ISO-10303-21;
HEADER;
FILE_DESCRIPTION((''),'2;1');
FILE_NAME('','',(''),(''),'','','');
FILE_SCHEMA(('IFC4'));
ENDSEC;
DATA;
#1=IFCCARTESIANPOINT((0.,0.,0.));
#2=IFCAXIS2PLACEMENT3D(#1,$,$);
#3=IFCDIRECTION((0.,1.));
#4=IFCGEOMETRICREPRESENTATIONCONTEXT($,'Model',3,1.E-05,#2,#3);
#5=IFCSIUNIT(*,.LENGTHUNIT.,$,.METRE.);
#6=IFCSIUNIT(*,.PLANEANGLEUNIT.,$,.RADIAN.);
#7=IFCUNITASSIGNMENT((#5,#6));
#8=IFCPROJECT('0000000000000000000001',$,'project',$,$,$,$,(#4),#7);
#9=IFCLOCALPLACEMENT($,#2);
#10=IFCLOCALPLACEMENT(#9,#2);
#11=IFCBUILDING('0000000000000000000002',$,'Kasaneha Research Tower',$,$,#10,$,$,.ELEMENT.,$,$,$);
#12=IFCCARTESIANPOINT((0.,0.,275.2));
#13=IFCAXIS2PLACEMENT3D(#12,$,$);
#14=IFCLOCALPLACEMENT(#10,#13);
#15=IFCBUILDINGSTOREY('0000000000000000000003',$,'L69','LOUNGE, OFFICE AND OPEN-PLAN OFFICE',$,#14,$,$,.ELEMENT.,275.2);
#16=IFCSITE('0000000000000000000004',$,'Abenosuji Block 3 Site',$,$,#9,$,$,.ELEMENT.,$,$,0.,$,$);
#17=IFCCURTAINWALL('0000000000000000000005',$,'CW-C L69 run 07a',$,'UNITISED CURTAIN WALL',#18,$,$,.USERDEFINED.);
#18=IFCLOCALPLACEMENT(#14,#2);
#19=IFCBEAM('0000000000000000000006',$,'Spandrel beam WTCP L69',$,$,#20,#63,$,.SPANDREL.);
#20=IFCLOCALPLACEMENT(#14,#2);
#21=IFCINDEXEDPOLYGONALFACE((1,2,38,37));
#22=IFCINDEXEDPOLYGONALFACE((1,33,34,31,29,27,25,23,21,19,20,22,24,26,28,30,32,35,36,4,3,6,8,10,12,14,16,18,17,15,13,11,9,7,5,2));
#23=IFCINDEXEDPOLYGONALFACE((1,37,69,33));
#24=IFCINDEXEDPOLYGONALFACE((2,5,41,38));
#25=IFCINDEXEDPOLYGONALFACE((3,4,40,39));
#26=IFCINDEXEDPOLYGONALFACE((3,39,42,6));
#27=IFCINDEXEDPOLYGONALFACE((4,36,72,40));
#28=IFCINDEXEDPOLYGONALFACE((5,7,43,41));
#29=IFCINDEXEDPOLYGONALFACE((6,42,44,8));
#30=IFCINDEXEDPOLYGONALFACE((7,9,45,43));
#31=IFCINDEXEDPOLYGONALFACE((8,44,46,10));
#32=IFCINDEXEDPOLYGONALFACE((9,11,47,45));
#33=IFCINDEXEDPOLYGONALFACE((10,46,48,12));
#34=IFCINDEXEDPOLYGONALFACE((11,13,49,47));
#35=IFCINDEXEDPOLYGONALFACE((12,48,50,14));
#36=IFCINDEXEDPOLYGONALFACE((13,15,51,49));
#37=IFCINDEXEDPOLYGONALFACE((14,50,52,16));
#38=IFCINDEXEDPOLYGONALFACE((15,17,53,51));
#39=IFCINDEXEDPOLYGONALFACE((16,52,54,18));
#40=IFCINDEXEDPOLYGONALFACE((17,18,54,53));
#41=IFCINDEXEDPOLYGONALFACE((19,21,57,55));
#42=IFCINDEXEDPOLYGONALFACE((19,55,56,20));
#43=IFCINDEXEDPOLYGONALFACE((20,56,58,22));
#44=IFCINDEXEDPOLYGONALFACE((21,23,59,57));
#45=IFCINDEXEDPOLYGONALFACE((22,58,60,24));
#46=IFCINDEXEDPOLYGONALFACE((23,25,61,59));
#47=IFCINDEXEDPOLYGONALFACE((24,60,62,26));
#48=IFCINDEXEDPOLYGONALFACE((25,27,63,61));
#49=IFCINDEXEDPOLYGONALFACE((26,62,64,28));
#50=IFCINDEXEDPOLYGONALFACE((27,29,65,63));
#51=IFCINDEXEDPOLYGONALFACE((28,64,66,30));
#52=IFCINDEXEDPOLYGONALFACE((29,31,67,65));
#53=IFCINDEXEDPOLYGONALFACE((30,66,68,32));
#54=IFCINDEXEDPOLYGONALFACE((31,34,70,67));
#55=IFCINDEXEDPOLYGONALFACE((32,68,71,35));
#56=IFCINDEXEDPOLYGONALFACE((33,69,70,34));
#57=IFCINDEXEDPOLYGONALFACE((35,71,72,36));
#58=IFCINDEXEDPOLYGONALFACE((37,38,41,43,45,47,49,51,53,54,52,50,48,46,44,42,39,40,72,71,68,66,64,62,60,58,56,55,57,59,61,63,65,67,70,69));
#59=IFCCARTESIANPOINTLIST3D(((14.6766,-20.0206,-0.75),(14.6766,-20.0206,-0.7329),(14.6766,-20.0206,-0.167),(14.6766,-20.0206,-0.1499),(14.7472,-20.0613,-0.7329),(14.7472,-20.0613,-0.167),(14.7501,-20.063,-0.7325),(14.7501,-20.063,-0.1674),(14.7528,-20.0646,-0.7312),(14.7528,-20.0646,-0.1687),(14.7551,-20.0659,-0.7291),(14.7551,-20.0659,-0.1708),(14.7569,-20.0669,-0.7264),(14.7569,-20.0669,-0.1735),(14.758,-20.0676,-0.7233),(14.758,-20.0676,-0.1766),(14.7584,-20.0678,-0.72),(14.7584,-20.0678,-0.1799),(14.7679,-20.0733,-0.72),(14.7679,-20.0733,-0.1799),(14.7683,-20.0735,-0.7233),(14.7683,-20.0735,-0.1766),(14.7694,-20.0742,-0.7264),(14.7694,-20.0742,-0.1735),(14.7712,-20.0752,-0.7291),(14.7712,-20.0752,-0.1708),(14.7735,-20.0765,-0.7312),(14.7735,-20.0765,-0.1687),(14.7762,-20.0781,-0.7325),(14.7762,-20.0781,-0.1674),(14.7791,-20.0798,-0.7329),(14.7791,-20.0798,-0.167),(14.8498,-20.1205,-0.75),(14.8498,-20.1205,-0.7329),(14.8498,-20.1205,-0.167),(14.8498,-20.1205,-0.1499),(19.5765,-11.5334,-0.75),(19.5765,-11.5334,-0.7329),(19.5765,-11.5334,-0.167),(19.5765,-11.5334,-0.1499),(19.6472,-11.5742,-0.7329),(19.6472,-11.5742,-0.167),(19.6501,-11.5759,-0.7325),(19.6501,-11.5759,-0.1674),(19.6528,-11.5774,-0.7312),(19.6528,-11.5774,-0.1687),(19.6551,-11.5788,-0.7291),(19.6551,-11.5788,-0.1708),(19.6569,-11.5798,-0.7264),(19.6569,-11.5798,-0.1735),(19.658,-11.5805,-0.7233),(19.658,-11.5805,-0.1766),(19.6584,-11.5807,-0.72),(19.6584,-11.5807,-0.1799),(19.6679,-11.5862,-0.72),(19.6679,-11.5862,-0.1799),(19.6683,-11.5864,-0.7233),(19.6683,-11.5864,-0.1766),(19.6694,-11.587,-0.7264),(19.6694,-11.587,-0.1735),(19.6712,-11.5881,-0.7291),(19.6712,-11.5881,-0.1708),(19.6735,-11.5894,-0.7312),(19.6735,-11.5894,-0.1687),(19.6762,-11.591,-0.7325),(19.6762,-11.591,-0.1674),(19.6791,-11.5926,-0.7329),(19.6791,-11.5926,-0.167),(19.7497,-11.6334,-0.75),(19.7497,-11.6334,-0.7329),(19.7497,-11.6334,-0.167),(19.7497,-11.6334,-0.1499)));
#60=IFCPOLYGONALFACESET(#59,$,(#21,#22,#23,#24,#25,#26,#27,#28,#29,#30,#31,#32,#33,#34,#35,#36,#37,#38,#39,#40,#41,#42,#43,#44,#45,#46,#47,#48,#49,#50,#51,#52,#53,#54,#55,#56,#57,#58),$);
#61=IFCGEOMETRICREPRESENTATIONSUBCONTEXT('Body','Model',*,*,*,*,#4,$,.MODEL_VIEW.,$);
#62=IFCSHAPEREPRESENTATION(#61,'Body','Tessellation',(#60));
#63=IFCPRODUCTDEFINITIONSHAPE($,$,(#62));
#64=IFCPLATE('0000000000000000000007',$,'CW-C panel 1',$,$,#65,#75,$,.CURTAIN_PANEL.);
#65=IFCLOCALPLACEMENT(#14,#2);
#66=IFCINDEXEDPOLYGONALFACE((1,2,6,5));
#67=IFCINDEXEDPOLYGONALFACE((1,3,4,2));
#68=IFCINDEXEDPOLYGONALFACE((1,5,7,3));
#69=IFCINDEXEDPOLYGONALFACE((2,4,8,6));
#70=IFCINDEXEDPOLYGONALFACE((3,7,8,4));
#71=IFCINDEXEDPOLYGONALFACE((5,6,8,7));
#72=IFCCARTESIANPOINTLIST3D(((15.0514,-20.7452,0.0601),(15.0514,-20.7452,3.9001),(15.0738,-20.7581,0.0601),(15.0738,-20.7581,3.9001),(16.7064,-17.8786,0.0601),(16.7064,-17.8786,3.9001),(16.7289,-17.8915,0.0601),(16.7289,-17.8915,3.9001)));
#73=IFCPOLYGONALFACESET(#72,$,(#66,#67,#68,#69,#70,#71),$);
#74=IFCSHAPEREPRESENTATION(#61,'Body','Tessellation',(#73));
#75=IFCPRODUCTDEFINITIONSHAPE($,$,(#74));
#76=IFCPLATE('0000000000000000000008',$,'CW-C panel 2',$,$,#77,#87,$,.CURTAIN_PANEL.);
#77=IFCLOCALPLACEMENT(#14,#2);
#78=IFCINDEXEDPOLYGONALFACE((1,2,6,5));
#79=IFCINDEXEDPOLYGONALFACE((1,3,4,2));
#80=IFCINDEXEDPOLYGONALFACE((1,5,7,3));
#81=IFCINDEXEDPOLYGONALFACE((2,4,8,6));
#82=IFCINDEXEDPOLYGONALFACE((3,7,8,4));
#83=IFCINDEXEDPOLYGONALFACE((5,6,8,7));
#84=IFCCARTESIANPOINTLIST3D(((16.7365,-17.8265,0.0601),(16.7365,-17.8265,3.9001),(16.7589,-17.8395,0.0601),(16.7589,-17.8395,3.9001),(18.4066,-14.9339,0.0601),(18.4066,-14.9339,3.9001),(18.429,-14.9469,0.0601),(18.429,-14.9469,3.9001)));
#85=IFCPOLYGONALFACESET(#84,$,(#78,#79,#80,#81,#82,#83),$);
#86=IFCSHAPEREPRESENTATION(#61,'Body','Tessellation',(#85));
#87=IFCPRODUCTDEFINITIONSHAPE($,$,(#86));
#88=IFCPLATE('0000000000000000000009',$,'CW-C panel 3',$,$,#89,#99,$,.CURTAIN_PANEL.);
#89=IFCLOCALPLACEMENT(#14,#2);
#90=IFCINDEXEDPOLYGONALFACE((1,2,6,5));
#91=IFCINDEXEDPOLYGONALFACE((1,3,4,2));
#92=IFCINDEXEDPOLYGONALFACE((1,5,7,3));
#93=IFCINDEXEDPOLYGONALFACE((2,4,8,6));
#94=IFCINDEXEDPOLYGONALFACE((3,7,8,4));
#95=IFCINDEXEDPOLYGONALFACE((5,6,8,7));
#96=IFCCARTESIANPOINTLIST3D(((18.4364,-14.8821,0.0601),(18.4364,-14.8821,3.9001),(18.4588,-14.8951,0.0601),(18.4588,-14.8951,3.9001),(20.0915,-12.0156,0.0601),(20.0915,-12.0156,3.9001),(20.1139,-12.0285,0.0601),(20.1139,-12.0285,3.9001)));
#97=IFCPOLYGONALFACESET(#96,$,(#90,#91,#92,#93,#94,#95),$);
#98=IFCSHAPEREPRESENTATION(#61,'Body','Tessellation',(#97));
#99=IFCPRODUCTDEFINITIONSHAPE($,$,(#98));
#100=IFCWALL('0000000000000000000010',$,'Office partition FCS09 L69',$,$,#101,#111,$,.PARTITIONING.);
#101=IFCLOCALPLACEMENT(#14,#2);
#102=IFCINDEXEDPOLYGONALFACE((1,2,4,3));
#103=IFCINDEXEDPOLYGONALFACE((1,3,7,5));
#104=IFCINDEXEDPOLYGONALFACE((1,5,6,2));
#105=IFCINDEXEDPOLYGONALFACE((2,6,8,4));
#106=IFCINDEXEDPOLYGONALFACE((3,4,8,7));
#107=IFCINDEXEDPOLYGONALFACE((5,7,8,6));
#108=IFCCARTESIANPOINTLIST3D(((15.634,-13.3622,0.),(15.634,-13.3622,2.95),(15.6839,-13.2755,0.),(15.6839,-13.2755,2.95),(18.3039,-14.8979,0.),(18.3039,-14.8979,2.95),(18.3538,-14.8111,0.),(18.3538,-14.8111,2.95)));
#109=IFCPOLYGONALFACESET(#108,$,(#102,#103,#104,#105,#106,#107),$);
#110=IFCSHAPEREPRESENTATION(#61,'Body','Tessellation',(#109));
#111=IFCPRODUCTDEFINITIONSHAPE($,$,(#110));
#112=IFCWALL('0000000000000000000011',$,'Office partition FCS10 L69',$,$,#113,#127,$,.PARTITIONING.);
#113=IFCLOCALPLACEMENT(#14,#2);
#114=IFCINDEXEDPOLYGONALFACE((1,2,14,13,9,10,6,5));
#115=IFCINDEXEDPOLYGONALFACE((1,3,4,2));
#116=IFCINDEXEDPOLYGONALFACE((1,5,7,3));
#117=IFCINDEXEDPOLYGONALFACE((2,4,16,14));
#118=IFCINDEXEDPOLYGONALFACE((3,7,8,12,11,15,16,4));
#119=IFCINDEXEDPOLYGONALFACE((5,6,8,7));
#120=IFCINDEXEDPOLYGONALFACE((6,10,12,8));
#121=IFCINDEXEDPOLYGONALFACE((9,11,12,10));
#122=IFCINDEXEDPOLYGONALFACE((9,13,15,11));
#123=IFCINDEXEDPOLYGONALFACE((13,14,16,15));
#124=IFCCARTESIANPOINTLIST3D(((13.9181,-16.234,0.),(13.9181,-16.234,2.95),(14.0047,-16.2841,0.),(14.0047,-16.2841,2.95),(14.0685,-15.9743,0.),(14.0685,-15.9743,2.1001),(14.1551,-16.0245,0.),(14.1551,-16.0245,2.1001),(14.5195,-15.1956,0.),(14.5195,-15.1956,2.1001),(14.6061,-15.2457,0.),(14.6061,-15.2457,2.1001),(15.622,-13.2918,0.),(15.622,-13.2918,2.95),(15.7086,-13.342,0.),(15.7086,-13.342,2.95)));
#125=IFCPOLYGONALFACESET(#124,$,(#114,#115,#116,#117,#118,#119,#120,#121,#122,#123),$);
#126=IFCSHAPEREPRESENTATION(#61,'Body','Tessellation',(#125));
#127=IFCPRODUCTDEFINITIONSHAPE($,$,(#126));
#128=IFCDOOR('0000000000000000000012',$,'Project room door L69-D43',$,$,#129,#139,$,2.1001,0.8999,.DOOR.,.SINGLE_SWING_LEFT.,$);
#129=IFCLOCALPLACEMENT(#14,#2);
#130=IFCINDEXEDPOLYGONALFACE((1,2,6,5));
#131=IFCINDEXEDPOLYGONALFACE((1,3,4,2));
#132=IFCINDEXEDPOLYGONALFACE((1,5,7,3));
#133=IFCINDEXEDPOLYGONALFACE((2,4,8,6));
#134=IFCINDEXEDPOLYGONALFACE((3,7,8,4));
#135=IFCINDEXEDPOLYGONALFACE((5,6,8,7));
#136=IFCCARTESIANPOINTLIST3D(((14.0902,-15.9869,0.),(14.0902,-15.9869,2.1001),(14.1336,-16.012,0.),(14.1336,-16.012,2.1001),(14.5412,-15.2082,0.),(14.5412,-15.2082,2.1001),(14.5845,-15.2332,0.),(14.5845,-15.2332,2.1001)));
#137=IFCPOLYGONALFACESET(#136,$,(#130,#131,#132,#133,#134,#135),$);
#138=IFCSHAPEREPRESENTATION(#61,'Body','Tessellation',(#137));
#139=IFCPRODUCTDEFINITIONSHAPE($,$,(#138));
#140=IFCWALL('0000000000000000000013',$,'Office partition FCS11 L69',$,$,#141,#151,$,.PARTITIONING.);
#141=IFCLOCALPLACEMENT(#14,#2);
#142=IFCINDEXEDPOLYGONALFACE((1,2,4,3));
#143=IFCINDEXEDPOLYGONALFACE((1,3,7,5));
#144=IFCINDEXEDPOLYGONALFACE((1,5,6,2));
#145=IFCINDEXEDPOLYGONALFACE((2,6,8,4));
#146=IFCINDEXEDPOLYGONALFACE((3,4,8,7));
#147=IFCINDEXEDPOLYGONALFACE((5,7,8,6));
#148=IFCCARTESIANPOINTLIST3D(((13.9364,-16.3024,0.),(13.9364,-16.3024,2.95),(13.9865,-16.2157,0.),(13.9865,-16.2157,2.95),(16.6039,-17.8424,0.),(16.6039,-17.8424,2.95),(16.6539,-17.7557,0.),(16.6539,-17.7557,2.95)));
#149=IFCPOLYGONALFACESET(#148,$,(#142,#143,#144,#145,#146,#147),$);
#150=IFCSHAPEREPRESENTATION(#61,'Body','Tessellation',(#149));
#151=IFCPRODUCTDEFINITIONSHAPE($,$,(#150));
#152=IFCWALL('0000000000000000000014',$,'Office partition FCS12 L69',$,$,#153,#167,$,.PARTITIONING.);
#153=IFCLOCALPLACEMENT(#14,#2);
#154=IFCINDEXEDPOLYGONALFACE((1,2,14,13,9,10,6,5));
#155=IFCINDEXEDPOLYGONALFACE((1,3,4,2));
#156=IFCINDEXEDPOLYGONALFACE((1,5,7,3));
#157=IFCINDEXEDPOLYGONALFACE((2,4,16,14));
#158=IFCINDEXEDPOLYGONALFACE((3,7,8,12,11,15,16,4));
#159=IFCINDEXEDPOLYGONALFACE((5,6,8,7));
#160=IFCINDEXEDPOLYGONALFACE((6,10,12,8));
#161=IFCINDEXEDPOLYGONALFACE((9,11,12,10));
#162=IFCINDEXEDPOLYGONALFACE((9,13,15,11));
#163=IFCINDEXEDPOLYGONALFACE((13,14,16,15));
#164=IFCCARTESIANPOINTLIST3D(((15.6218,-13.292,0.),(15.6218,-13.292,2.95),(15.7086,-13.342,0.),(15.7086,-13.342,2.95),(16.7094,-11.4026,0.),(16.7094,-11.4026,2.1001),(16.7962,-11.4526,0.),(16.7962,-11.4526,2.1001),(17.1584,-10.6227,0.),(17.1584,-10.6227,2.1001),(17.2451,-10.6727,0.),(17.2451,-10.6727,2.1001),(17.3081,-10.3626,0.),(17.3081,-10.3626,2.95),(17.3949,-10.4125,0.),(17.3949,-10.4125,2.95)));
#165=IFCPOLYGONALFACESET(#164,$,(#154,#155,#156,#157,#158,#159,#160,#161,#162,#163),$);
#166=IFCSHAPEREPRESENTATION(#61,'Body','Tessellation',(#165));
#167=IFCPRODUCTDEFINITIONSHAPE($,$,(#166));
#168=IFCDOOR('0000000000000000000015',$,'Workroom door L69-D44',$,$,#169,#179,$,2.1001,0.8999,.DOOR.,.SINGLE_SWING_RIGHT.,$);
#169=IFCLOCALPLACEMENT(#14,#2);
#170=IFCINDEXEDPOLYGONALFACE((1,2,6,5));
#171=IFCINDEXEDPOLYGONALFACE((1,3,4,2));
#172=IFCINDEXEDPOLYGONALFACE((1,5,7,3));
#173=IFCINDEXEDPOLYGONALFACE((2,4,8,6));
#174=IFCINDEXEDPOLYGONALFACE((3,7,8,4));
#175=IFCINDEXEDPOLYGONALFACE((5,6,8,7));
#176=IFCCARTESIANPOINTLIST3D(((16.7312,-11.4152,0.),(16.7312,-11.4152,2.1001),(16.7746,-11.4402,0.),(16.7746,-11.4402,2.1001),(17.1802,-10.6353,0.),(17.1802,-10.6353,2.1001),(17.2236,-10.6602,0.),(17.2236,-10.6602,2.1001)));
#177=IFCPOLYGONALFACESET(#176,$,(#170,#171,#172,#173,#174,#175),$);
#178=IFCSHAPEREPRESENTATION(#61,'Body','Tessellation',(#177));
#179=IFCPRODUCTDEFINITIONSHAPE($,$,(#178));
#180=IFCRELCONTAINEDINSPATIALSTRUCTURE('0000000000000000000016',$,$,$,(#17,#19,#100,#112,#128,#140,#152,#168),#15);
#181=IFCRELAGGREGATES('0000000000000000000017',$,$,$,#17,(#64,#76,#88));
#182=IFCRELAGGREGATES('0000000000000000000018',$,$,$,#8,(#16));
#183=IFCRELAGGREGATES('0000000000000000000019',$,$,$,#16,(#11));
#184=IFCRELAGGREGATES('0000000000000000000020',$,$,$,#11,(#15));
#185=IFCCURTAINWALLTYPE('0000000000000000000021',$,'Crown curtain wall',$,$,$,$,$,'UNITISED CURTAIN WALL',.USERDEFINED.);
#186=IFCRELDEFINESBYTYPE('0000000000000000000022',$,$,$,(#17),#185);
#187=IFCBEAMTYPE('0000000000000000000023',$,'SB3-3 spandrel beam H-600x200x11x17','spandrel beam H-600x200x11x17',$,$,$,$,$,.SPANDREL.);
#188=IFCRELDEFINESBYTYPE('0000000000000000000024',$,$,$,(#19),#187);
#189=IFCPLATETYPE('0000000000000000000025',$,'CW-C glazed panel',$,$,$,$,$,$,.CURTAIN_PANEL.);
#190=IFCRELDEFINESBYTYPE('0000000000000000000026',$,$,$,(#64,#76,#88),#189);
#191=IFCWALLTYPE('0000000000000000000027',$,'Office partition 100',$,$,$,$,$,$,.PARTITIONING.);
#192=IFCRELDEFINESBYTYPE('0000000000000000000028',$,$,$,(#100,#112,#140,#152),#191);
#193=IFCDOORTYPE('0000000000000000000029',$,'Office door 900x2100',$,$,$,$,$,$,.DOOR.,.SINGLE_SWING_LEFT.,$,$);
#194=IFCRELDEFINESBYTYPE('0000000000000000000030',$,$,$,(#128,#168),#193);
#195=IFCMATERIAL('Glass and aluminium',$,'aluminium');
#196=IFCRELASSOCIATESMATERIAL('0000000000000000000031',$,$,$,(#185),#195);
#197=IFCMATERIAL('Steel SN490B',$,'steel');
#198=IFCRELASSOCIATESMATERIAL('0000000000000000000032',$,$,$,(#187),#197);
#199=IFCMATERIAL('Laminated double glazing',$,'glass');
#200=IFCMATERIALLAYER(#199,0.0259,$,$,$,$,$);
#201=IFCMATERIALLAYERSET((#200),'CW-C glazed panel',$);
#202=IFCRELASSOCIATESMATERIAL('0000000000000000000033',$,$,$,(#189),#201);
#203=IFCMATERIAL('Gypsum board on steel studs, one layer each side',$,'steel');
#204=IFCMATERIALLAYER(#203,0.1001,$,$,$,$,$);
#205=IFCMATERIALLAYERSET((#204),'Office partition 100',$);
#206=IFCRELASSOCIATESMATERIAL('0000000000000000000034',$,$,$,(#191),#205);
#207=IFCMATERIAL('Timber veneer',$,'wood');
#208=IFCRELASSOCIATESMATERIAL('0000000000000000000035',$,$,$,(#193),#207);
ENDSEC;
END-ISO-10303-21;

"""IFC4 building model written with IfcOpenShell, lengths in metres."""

from ifc_helpers import new_model, si_unit, direction, frame, frame_2d, origin, origin_2d, place, context, subcontext, project, spatial, rectangle, i_section, extrude, material, layer, layer_set, material_profile, profile_set, type_object, element, fill, aggregate, save


model = new_model("IFC4")

# Units and contexts
model_context = context("Model", 3, precision=1e-05, world=origin(), true_north=direction((0.0, 1.0)))
body_context = subcontext(model_context, "Body", "Model", "MODEL_VIEW")
ifc_project = project(units=[si_unit("LENGTHUNIT", "METRE"), si_unit("PLANEANGLEUNIT", "RADIAN")], contexts=[model_context])

# Site, building, storey
site_placement = place(None, origin())
site = spatial("IfcSite", under=ifc_project, at=site_placement, Name="Abenosuji Block 3 Site", CompositionType="ELEMENT", RefElevation=0.0)
building_placement = place(site_placement, origin())
building = spatial("IfcBuilding", under=site, at=building_placement, Name="Kasaneha Research Tower", CompositionType="ELEMENT")
storey_placement = place(building_placement, frame((0.0, 0.0, 275.2)))
storey = spatial("IfcBuildingStorey", under=building, at=storey_placement, Name="L69", Description="LOUNGE, OFFICE AND OPEN-PLAN OFFICE", CompositionType="ELEMENT", Elevation=275.2)

# Shared definitions
ifc_material_1 = material(Name="Glass and aluminium", Category="aluminium")
curtain_wall_type = type_object("IfcCurtainWallType", Name="Crown curtain wall", ElementType="UNITISED CURTAIN WALL", PredefinedType="USERDEFINED", material=ifc_material_1)

# Curtain wall
curtain_wall_1_placement = place(storey_placement, origin())
curtain_wall_1 = element("IfcCurtainWall", 1, at=curtain_wall_1_placement, inside=storey, type_object=curtain_wall_type, Name="CW-C L69 run 07a", ObjectType="UNITISED CURTAIN WALL", PredefinedType="USERDEFINED")

# Beam
ifc_material_2 = material(Name="Steel SN490B", Category="steel")
ifc_material_profile_1 = material_profile(ifc_material_2, i_section(OverallWidth=0.2, OverallDepth=0.6001, WebThickness=0.011, FlangeThickness=0.0171, FilletRadius=0.0129, at=origin_2d()), Name="H-600x200x11x17")
ifc_profile_set_1 = profile_set([ifc_material_profile_1], Name="Steel SN490B")
beam_type = type_object("IfcBeamType", Name="SB3-3 spandrel beam H-600x200x11x17", Description="spandrel beam H-600x200x11x17", PredefinedType="SPANDREL", material=ifc_profile_set_1)
beam_placement = place(storey_placement, frame((14.7632, -20.0706, -0.45), z_axis=(0.499992, 0.86603, 0.0), x_axis=(-0.86603, 0.499992, 0.0)))
element("IfcBeam", 2, at=beam_placement, inside=storey, type_object=beam_type, Name="Spandrel beam WTCP L69", PredefinedType="SPANDREL", context=body_context, shape_type="SweptSolid", body=[
    extrude(i_section(OverallWidth=0.2, OverallDepth=0.6001, WebThickness=0.011, FlangeThickness=0.0171, FilletRadius=0.0129, at=origin_2d()), origin(), (0.0, 0.0, 1.0), 9.8),
])

# Plates
ifc_material_3 = material(Name="Laminated double glazing", Category="glass")
ifc_layer_1 = layer(ifc_material_3, 0.0259)
ifc_layer_set_1 = layer_set([ifc_layer_1], Name="CW-C glazed panel")
plate_type = type_object("IfcPlateType", Name="CW-C glazed panel", PredefinedType="CURTAIN_PANEL", material=ifc_layer_set_1)
plate_1_placement = place(storey_placement, frame((15.8901, -19.3184, 0.0601), z_axis=(0.0, 0.0, 1.0), x_axis=(0.5, 0.866025, 0.0)))
plate_1 = element("IfcPlate", 3, at=plate_1_placement, type_object=plate_type, Name="CW-C panel 1", PredefinedType="CURTAIN_PANEL", context=body_context, shape_type="SweptSolid", body=[
    extrude(rectangle(XDim=3.3101, YDim=0.0259, at=origin_2d()), origin(), (0.0, 0.0, 1.0), 3.8401),
])
plate_2_placement = place(storey_placement, frame((17.5828, -16.3867, 0.0601), z_axis=(0.0, 0.0, 1.0), x_axis=(0.5, 0.866025, 0.0)))
plate_2 = element("IfcPlate", 4, at=plate_2_placement, type_object=plate_type, Name="CW-C panel 2", PredefinedType="CURTAIN_PANEL", context=body_context, shape_type="SweptSolid", body=[
    extrude(rectangle(XDim=3.3401, YDim=0.0259, at=origin_2d()), origin(), (0.0, 0.0, 1.0), 3.8401),
])
plate_3_placement = place(storey_placement, frame((19.2751, -13.4553, 0.0601), z_axis=(0.0, 0.0, 1.0), x_axis=(0.5, 0.866025, 0.0)))
plate_3 = element("IfcPlate", 5, at=plate_3_placement, type_object=plate_type, Name="CW-C panel 3", PredefinedType="CURTAIN_PANEL", context=body_context, shape_type="SweptSolid", body=[
    extrude(rectangle(XDim=3.3101, YDim=0.0259, at=origin_2d()), origin(), (0.0, 0.0, 1.0), 3.8401),
])
aggregate(curtain_wall_1, [plate_1, plate_2, plate_3])

# Wall
ifc_material_4 = material(Name="Gypsum board on steel studs, one layer each side", Category="steel")
ifc_layer_2 = layer(ifc_material_4, 0.1001)
ifc_layer_set_2 = layer_set([ifc_layer_2], Name="Office partition 100")
wall_type = type_object("IfcWallType", Name="Office partition 100", PredefinedType="PARTITIONING", material=ifc_layer_set_2)
wall_1_placement = place(storey_placement, frame((15.6589, -13.3188, 0.0), z_axis=(0.0, 0.0, 1.0), x_axis=(0.866845, -0.498578, 0.0)))
element("IfcWall", 6, at=wall_1_placement, inside=storey, type_object=wall_type, Name="Office partition FCS09 L69", PredefinedType="PARTITIONING", context=body_context, shape_type="SweptSolid", body=[
    extrude(rectangle(XDim=3.0801, YDim=0.1001, at=frame_2d((1.54, 0.0))), origin(), (0.0, 0.0, 1.0), 2.95),
])

# Wall, opening, door
wall_2_placement = place(storey_placement, frame((13.9614, -16.259, 0.0), z_axis=(0.0, 0.0, 1.0), x_axis=(0.501149, 0.865361, 0.0)))
wall_2 = element("IfcWall", 7, at=wall_2_placement, inside=storey, type_object=wall_type, Name="Office partition FCS10 L69", PredefinedType="PARTITIONING", context=body_context, shape_type="SweptSolid", body=[
    extrude(rectangle(XDim=3.3999, YDim=0.1001, at=frame_2d((1.7, 0.0))), origin(), (0.0, 0.0, 1.0), 2.95),
])
opening_1_placement = place(wall_2_placement, frame((0.3, 0.0, 0.0)))
opening_1 = element("IfcOpeningElement", 8, at=opening_1_placement, cuts=wall_2, PredefinedType="OPENING", context=body_context, shape_type="SweptSolid", body=[
    extrude(rectangle(XDim=0.8999, YDim=2.1001, at=frame_2d((0.45, 1.05))), frame((0.0, 0.0601, 0.0), z_axis=(0.0, -1.0, 0.0), x_axis=(1.0, 0.0, 0.0)), (0.0, 0.0, 1.0), 0.1201),
])
ifc_material_5 = material(Name="Timber veneer", Category="wood")
door_type = type_object("IfcDoorType", Name="Office door 900x2100", OperationType="SINGLE_SWING_LEFT", PredefinedType="DOOR", material=ifc_material_5)
door_1_placement = place(opening_1_placement, origin())
door_1 = element("IfcDoor", 9, at=door_1_placement, inside=storey, type_object=door_type, Name="Project room door L69-D43", OperationType="SINGLE_SWING_LEFT", OverallHeight=2.1001, OverallWidth=0.8999, PredefinedType="DOOR", context=body_context, shape_type="SweptSolid", body=[
    extrude(rectangle(XDim=0.8999, YDim=2.1001, at=frame_2d((0.45, 1.05))), frame((0.0, 0.0249, 0.0), z_axis=(0.0, -1.0, 0.0), x_axis=(1.0, 0.0, 0.0)), (0.0, 0.0, 1.0), 0.05),
])
fill(opening_1, door_1)

# Wall
wall_3_placement = place(storey_placement, frame((16.6289, -17.7991, 0.0), z_axis=(0.0, 0.0, 1.0), x_axis=(-0.86603, 0.499992, 0.0)))
element("IfcWall", 10, at=wall_3_placement, inside=storey, type_object=wall_type, Name="Office partition FCS11 L69", PredefinedType="PARTITIONING", context=body_context, shape_type="SweptSolid", body=[
    extrude(rectangle(XDim=3.0801, YDim=0.1001, at=frame_2d((1.54, 0.0))), origin(), (0.0, 0.0, 1.0), 2.95),
])

# Wall, opening, door
wall_4_placement = place(storey_placement, frame((15.6653, -13.3169, 0.0), z_axis=(0.0, 0.0, 1.0), x_axis=(0.498882, 0.86667, 0.0)))
wall_4 = element("IfcWall", 11, at=wall_4_placement, inside=storey, type_object=wall_type, Name="Office partition FCS12 L69", PredefinedType="PARTITIONING", context=body_context, shape_type="SweptSolid", body=[
    extrude(rectangle(XDim=3.3801, YDim=0.1001, at=frame_2d((1.6899, 0.0))), origin(), (0.0, 0.0, 1.0), 2.95),
])
opening_2_placement = place(wall_4_placement, frame((2.1799, 0.0, 0.0)))
opening_2 = element("IfcOpeningElement", 12, at=opening_2_placement, cuts=wall_4, PredefinedType="OPENING", context=body_context, shape_type="SweptSolid", body=[
    extrude(rectangle(XDim=0.8999, YDim=2.1001, at=frame_2d((0.45, 1.05))), frame((0.0, 0.0601, 0.0), z_axis=(0.0, -1.0, 0.0), x_axis=(1.0, 0.0, 0.0)), (0.0, 0.0, 1.0), 0.1201),
])
door_2_placement = place(opening_2_placement, origin())
door_2 = element("IfcDoor", 13, at=door_2_placement, inside=storey, type_object=door_type, Name="Workroom door L69-D44", OperationType="SINGLE_SWING_RIGHT", OverallHeight=2.1001, OverallWidth=0.8999, PredefinedType="DOOR", context=body_context, shape_type="SweptSolid", body=[
    extrude(rectangle(XDim=0.8999, YDim=2.1001, at=frame_2d((0.45, 1.05))), frame((0.0, 0.0249, 0.0), z_axis=(0.0, -1.0, 0.0), x_axis=(1.0, 0.0, 0.0)), (0.0, 0.0, 1.0), 0.05),
])
fill(opening_2, door_2)

save(model, "model.ifc")
